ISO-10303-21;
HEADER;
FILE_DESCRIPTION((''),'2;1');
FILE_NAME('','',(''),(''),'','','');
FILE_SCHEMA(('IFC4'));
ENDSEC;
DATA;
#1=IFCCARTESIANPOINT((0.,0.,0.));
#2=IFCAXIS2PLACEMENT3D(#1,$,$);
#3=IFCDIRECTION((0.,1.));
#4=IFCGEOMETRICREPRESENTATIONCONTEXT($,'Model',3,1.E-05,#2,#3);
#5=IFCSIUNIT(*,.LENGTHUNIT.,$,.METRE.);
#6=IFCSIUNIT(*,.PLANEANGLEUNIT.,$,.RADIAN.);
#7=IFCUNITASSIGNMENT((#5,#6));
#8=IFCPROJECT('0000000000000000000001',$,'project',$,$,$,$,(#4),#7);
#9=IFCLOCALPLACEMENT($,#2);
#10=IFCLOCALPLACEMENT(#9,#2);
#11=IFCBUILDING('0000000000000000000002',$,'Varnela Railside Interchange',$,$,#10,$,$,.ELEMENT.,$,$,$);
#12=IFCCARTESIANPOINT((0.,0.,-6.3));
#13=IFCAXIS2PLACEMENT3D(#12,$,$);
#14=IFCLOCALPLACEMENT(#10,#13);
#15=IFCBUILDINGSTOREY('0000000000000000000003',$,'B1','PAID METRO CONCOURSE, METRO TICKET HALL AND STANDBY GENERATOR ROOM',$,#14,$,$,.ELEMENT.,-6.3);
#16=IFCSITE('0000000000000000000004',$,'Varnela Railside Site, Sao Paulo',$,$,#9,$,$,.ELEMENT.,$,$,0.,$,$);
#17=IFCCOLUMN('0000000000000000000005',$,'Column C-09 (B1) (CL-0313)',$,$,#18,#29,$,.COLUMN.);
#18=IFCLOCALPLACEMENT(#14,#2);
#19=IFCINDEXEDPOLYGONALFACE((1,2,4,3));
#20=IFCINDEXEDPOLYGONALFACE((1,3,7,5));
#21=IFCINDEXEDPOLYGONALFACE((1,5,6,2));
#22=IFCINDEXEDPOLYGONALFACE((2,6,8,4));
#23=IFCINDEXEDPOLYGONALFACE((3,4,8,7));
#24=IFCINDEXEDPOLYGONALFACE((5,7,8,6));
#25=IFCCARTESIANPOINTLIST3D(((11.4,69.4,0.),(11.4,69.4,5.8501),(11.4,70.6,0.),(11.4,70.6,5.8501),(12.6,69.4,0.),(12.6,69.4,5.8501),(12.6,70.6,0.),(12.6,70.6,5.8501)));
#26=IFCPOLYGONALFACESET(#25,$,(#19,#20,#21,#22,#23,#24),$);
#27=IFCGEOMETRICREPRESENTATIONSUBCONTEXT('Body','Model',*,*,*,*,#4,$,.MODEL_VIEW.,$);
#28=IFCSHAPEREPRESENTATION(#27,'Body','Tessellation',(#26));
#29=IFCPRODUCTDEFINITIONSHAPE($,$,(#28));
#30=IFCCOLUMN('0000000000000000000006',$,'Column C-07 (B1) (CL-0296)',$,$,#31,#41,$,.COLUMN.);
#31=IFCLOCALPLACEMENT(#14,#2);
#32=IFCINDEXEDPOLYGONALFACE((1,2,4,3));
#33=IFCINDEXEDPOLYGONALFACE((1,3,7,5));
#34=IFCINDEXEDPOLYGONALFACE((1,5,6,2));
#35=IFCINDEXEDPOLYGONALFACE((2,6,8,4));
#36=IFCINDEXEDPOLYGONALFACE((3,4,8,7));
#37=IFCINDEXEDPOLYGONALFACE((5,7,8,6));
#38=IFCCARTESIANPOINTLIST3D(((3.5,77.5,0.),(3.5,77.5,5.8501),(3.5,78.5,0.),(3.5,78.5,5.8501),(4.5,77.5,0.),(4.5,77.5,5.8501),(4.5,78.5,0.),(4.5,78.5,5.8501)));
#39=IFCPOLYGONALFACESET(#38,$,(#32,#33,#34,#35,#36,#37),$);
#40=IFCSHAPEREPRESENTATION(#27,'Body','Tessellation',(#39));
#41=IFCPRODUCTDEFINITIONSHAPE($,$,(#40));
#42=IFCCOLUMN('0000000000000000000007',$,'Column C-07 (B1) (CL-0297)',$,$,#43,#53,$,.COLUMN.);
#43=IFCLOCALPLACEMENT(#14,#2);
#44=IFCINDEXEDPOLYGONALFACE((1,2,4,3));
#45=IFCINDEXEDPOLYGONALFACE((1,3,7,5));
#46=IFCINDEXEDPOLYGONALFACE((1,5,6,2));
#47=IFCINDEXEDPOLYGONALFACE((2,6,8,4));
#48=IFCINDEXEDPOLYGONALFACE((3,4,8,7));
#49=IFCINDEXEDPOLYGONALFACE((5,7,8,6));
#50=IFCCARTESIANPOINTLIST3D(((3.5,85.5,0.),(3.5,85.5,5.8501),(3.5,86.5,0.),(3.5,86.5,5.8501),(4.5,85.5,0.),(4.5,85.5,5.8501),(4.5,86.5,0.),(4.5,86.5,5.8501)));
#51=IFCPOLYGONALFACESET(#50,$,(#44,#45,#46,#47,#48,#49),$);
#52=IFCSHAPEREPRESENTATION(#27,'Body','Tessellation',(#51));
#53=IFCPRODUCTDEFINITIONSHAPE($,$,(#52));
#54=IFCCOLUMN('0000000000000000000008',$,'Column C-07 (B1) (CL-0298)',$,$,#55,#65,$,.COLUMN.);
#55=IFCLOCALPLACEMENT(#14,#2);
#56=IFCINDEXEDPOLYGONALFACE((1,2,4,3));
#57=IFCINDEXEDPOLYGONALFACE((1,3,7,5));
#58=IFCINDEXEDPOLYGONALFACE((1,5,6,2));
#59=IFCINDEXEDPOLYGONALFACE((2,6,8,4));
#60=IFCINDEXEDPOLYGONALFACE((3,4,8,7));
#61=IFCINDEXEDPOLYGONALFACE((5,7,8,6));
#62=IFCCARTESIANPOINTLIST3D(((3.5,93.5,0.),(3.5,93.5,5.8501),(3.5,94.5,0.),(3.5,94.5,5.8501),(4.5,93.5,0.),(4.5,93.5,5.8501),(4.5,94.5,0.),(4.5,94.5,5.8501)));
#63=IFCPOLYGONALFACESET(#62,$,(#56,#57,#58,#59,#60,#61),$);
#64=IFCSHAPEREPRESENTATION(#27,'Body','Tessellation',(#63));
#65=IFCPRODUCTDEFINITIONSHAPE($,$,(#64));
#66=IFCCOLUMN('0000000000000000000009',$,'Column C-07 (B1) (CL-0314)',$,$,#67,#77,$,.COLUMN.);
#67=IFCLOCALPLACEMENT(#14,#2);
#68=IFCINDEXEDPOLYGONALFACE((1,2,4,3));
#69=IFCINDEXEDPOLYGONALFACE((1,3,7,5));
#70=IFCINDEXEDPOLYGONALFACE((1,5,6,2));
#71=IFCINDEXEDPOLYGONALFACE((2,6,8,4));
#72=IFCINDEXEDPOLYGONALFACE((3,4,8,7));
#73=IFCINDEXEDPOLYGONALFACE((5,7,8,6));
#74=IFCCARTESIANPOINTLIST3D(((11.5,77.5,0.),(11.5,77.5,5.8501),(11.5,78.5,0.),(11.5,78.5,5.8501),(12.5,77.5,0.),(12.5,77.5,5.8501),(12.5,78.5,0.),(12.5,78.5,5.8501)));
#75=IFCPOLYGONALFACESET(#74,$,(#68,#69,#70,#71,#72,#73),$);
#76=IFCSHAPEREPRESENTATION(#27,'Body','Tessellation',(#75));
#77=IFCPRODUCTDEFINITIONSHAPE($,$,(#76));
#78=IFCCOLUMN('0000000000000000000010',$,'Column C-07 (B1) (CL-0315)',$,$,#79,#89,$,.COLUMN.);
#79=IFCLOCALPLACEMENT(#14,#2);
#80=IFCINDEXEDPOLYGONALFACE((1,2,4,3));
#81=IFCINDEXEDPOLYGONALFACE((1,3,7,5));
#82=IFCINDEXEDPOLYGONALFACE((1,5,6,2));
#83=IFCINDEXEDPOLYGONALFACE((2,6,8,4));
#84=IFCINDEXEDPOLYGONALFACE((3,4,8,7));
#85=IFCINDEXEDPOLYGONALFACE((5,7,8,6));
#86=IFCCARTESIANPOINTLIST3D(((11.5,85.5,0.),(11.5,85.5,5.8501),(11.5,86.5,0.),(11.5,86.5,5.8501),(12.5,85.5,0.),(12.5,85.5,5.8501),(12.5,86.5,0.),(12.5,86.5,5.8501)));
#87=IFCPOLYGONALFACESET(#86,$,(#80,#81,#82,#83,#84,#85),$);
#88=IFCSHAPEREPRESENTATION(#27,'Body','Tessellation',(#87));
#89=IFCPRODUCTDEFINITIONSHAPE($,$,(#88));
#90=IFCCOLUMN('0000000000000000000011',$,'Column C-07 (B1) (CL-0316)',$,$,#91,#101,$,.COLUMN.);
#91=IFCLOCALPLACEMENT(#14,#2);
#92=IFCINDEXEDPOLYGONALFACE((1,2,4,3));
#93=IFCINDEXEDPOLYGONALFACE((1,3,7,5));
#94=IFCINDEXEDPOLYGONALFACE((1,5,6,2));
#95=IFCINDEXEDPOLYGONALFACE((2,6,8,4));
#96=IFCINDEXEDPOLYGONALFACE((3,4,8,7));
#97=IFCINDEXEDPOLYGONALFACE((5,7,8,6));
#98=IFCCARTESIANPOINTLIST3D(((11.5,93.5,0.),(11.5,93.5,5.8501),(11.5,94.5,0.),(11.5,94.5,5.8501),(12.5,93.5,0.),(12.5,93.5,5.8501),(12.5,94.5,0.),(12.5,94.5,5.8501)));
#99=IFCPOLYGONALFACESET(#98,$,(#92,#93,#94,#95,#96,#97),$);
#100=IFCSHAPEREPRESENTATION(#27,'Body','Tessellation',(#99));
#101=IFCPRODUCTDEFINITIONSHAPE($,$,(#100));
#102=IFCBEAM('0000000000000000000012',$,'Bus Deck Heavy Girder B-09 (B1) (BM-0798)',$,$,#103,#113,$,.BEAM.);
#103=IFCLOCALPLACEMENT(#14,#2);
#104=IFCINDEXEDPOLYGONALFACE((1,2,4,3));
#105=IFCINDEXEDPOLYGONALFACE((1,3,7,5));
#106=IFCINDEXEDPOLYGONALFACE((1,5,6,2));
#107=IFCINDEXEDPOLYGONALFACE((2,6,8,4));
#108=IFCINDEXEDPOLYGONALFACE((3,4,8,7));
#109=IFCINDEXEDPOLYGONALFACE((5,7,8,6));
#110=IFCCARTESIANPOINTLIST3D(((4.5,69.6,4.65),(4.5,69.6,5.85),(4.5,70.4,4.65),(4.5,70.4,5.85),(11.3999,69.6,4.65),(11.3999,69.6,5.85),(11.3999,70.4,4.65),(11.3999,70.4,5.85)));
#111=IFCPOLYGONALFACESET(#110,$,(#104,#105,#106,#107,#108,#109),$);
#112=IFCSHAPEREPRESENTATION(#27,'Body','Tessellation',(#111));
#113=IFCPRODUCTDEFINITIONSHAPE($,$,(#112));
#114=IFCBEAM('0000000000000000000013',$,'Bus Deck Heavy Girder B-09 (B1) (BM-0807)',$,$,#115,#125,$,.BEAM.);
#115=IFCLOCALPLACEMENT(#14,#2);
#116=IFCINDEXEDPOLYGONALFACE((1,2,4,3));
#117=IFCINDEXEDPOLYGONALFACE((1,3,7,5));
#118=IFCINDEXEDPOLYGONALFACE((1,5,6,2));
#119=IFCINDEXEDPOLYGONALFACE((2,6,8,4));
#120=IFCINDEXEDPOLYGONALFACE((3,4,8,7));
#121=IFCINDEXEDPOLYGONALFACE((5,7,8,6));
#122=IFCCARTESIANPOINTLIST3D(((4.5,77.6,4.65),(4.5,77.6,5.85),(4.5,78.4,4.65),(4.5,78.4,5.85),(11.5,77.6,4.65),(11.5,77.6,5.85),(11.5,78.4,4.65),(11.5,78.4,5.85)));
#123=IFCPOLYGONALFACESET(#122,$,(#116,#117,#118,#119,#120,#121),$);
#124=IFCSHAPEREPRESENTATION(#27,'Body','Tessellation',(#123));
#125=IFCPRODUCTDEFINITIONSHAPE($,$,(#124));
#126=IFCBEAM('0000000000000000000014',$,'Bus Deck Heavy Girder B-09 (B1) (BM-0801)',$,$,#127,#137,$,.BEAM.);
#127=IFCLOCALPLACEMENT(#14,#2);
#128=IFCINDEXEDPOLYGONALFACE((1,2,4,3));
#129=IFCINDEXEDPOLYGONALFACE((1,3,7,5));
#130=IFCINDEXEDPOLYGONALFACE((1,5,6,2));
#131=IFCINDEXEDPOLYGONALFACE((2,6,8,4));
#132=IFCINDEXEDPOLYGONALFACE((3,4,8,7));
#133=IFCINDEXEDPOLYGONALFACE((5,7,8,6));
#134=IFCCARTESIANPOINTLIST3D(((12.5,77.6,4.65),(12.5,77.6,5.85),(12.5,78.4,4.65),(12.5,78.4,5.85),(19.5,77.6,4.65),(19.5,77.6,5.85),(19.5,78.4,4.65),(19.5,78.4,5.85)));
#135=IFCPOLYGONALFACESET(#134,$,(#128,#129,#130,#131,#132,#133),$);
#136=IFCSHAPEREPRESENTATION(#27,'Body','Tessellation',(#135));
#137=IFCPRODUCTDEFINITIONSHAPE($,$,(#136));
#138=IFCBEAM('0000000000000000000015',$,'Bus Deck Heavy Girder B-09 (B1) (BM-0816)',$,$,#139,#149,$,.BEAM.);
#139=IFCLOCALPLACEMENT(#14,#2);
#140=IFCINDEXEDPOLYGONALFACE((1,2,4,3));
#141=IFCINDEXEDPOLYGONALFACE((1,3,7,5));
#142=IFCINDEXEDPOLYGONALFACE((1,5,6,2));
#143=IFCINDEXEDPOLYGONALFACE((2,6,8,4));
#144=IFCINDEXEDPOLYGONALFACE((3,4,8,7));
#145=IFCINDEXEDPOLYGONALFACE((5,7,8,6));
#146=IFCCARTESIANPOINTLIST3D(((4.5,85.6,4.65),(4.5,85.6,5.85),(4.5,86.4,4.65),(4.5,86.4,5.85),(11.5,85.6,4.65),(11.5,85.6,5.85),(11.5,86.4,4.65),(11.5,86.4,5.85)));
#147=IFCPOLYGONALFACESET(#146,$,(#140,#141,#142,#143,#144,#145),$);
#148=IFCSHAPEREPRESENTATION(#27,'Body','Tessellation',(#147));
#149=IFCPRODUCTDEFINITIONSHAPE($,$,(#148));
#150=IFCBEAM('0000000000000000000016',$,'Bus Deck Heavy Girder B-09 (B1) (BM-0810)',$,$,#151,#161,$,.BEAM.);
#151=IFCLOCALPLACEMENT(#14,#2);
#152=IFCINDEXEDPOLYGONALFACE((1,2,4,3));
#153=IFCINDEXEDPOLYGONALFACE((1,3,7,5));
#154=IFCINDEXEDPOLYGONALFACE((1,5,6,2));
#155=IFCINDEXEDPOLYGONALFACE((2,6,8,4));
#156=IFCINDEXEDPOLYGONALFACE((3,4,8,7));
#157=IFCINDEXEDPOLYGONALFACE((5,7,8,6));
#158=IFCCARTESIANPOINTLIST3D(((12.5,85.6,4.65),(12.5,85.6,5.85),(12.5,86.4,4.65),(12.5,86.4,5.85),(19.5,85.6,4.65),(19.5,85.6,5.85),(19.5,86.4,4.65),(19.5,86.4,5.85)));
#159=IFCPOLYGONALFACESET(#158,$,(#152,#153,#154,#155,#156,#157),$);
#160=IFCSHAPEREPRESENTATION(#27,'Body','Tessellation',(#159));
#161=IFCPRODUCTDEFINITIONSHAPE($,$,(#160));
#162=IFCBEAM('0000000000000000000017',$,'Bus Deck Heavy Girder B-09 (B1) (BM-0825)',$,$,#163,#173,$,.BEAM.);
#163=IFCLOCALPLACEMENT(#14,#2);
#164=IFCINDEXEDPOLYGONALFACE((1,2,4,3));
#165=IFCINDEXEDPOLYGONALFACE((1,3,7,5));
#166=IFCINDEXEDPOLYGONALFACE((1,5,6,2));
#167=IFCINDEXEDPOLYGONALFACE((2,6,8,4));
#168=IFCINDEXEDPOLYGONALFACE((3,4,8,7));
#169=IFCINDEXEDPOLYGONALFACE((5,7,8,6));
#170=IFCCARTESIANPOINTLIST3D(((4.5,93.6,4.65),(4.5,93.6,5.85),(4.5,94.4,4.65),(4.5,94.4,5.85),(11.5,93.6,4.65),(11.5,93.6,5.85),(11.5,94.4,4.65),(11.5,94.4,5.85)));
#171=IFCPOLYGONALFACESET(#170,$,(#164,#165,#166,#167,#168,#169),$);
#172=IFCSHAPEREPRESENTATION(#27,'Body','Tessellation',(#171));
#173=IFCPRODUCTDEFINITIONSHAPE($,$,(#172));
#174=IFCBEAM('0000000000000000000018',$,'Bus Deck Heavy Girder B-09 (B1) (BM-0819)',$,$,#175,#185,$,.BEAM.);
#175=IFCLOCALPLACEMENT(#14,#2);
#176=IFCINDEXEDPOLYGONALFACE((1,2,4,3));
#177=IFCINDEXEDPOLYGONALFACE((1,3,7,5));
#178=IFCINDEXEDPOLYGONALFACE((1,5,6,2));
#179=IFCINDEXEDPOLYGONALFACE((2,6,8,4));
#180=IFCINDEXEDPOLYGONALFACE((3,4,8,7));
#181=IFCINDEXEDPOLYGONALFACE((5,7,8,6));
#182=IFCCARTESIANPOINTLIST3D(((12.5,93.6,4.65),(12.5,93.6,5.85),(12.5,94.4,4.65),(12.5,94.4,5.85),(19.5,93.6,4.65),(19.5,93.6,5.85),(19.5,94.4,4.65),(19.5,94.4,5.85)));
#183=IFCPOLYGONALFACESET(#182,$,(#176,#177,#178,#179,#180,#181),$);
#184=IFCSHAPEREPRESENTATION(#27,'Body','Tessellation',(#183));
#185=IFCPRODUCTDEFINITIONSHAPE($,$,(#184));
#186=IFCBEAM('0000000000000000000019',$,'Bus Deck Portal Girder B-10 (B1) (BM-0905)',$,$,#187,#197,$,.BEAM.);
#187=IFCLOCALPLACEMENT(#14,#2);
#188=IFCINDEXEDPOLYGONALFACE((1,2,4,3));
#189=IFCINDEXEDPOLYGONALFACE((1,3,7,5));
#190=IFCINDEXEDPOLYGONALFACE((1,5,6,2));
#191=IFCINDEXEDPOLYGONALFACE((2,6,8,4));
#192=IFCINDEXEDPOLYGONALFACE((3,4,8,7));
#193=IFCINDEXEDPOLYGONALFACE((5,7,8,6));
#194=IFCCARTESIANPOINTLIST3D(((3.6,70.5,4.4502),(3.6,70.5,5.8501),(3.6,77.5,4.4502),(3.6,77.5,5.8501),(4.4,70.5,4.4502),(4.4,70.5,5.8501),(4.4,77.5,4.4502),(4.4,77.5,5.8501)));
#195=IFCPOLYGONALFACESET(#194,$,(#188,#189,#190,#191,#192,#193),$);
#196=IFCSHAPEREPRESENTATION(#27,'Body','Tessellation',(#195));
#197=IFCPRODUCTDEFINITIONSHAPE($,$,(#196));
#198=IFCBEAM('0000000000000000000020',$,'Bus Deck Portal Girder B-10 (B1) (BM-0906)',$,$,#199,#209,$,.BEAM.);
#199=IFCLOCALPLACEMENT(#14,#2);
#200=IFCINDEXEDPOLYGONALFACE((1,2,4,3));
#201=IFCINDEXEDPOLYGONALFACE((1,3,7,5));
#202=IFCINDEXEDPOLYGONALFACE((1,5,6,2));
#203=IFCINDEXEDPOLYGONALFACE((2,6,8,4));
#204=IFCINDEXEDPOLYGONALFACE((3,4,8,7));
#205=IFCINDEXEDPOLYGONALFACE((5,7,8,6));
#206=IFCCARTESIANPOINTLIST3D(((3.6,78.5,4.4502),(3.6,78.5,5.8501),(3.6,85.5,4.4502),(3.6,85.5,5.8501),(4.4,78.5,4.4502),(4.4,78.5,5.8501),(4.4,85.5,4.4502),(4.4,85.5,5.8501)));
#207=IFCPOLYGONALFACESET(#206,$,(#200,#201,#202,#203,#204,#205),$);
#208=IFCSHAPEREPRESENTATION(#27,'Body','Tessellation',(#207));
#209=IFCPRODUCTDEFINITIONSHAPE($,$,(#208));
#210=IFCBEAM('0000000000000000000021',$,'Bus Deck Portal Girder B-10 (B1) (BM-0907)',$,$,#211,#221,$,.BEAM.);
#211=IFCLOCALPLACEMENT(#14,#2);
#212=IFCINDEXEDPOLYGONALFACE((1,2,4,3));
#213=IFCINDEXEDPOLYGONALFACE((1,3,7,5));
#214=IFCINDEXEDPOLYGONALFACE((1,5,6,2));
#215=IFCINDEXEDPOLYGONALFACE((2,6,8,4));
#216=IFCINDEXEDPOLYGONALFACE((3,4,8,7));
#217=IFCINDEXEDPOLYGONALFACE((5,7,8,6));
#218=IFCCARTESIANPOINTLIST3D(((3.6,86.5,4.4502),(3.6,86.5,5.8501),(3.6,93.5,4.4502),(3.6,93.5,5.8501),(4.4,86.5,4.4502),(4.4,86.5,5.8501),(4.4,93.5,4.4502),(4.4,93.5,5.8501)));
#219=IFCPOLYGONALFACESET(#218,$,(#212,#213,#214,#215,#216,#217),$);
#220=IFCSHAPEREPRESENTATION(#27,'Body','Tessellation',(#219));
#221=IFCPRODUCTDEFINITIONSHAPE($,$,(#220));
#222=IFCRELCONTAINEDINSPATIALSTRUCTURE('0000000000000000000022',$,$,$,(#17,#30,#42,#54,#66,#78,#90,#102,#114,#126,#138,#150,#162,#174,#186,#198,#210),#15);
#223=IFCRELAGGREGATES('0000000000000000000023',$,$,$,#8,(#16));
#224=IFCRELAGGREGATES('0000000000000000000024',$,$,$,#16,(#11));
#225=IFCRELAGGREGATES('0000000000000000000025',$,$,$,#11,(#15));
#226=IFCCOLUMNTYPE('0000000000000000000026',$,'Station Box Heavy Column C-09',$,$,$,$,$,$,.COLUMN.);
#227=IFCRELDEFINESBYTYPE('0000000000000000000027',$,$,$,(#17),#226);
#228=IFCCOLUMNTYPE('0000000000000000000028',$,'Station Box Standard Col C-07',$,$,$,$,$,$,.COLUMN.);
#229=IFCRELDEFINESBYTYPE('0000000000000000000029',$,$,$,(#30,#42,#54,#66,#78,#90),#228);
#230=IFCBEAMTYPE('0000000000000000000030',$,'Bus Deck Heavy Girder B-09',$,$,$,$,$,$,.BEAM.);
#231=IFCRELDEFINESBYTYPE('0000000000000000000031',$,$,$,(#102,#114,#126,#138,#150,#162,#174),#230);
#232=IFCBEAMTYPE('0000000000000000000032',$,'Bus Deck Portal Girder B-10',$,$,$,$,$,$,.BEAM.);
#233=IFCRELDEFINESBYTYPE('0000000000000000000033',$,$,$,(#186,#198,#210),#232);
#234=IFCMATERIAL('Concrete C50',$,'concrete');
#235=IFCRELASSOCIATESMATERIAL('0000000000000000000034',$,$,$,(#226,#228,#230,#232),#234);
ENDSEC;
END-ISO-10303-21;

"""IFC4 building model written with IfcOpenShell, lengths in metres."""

from ifc_helpers import new_model, si_unit, direction, frame, origin, origin_2d, place, context, subcontext, project, spatial, rectangle, extrude, material, material_profile, profile_set, type_object, element, save


model = new_model("IFC4")

# Units and contexts
model_context = context("Model", 3, precision=1e-05, world=origin(), true_north=direction((0.0, 1.0)))
body_context = subcontext(model_context, "Body", "Model", "MODEL_VIEW")
ifc_project = project(units=[si_unit("LENGTHUNIT", "METRE"), si_unit("PLANEANGLEUNIT", "RADIAN")], contexts=[model_context])

# Site, building, storey
site_placement = place(None, origin())
site = spatial("IfcSite", under=ifc_project, at=site_placement, Name="Varnela Railside Site, Sao Paulo", CompositionType="ELEMENT", RefElevation=0.0)
building_placement = place(site_placement, origin())
building = spatial("IfcBuilding", under=site, at=building_placement, Name="Varnela Railside Interchange", CompositionType="ELEMENT")
storey_placement = place(building_placement, frame((0.0, 0.0, -6.3)))
storey = spatial("IfcBuildingStorey", under=building, at=storey_placement, Name="B1", Description="PAID METRO CONCOURSE, METRO TICKET HALL AND STANDBY GENERATOR ROOM", CompositionType="ELEMENT", Elevation=-6.3)

# Columns
ifc_material_1 = material(Name="Concrete C50", Category="concrete")
ifc_material_profile_1 = material_profile(ifc_material_1, rectangle(XDim=1.2, YDim=1.2, at=origin_2d()), Name="RC 1200x1200")
ifc_profile_set_1 = profile_set([ifc_material_profile_1], Name="Concrete C50")
column_type_1 = type_object("IfcColumnType", Name="Station Box Heavy Column C-09", PredefinedType="COLUMN", material=ifc_profile_set_1)
column_placement = place(storey_placement, frame((12.0, 70.0, 0.0), z_axis=(0.0, 0.0, 1.0), x_axis=(1.0, 0.0, 0.0)))
element("IfcColumn", 1, at=column_placement, inside=storey, type_object=column_type_1, Name="Column C-09 (B1) (CL-0313)", PredefinedType="COLUMN", context=body_context, shape_type="SweptSolid", body=[
    extrude(rectangle(XDim=1.2, YDim=1.2, at=origin_2d()), origin(), (0.0, 0.0, 1.0), 5.8501),
])
ifc_material_profile_2 = material_profile(ifc_material_1, rectangle(XDim=1.0, YDim=1.0, at=origin_2d()), Name="RC 1000x1000")
ifc_profile_set_2 = profile_set([ifc_material_profile_2], Name="Concrete C50")
column_type_2 = type_object("IfcColumnType", Name="Station Box Standard Col C-07", PredefinedType="COLUMN", material=ifc_profile_set_2)
for number, where, z_axis, x_axis, name in (
    (2, (4.0, 78.0, 0.0), (0.0, 0.0, 1.0), (1.0, 0.0, 0.0), "Column C-07 (B1) (CL-0296)"),
    (3, (4.0, 86.0, 0.0), (0.0, 0.0, 1.0), (1.0, 0.0, 0.0), "Column C-07 (B1) (CL-0297)"),
    (4, (4.0, 94.0, 0.0), (0.0, 0.0, 1.0), (1.0, 0.0, 0.0), "Column C-07 (B1) (CL-0298)"),
    (5, (12.0, 78.0, 0.0), (0.0, 0.0, 1.0), (1.0, 0.0, 0.0), "Column C-07 (B1) (CL-0314)"),
    (6, (12.0, 86.0, 0.0), (0.0, 0.0, 1.0), (1.0, 0.0, 0.0), "Column C-07 (B1) (CL-0315)"),
    (7, (12.0, 94.0, 0.0), (0.0, 0.0, 1.0), (1.0, 0.0, 0.0), "Column C-07 (B1) (CL-0316)"),
):
    element("IfcColumn", number, at=place(storey_placement, frame(where, z_axis=z_axis, x_axis=x_axis)), inside=storey, type_object=column_type_2, Name=name, PredefinedType="COLUMN", context=body_context, shape_type="SweptSolid", body=[
        extrude(rectangle(XDim=1.0, YDim=1.0, at=origin_2d()), origin(), (0.0, 0.0, 1.0), 5.8501),
    ])

# Beams
ifc_material_profile_3 = material_profile(ifc_material_1, rectangle(XDim=0.8, YDim=1.2, at=origin_2d()), Name="RC 800x1200")
ifc_profile_set_3 = profile_set([ifc_material_profile_3], Name="Concrete C50")
beam_type_1 = type_object("IfcBeamType", Name="Bus Deck Heavy Girder B-09", PredefinedType="BEAM", material=ifc_profile_set_3)
beam_1_placement = place(storey_placement, frame((4.5, 70.0, 5.25), z_axis=(1.0, 0.0, 0.0), x_axis=(0.0, 1.0, 0.0)))
element("IfcBeam", 8, at=beam_1_placement, inside=storey, type_object=beam_type_1, Name="Bus Deck Heavy Girder B-09 (B1) (BM-0798)", PredefinedType="BEAM", context=body_context, shape_type="SweptSolid", body=[
    extrude(rectangle(XDim=0.8, YDim=1.2, at=origin_2d()), origin(), (0.0, 0.0, 1.0), 6.8999),
])
for number, where, z_axis, x_axis, name in (
    (9, (4.5, 78.0, 5.25), (1.0, 0.0, 0.0), (0.0, 1.0, 0.0), "Bus Deck Heavy Girder B-09 (B1) (BM-0807)"),
    (10, (12.5, 78.0, 5.25), (1.0, 0.0, 0.0), (0.0, 1.0, 0.0), "Bus Deck Heavy Girder B-09 (B1) (BM-0801)"),
    (11, (4.5, 86.0, 5.25), (1.0, 0.0, 0.0), (0.0, 1.0, 0.0), "Bus Deck Heavy Girder B-09 (B1) (BM-0816)"),
    (12, (12.5, 86.0, 5.25), (1.0, 0.0, 0.0), (0.0, 1.0, 0.0), "Bus Deck Heavy Girder B-09 (B1) (BM-0810)"),
    (13, (4.5, 94.0, 5.25), (1.0, 0.0, 0.0), (0.0, 1.0, 0.0), "Bus Deck Heavy Girder B-09 (B1) (BM-0825)"),
    (14, (12.5, 94.0, 5.25), (1.0, 0.0, 0.0), (0.0, 1.0, 0.0), "Bus Deck Heavy Girder B-09 (B1) (BM-0819)"),
):
    element("IfcBeam", number, at=place(storey_placement, frame(where, z_axis=z_axis, x_axis=x_axis)), inside=storey, type_object=beam_type_1, Name=name, PredefinedType="BEAM", context=body_context, shape_type="SweptSolid", body=[
        extrude(rectangle(XDim=0.8, YDim=1.2, at=origin_2d()), origin(), (0.0, 0.0, 1.0), 7.0),
    ])
ifc_material_profile_4 = material_profile(ifc_material_1, rectangle(XDim=0.8, YDim=1.3999, at=origin_2d()), Name="RC 800x1400")
ifc_profile_set_4 = profile_set([ifc_material_profile_4], Name="Concrete C50")
beam_type_2 = type_object("IfcBeamType", Name="Bus Deck Portal Girder B-10", PredefinedType="BEAM", material=ifc_profile_set_4)
for number, where, z_axis, x_axis, name in (
    (15, (4.0, 70.5, 5.1501), (0.0, 1.0, 0.0), (-1.0, 0.0, 0.0), "Bus Deck Portal Girder B-10 (B1) (BM-0905)"),
    (16, (4.0, 78.5, 5.1501), (0.0, 1.0, 0.0), (-1.0, 0.0, 0.0), "Bus Deck Portal Girder B-10 (B1) (BM-0906)"),
    (17, (4.0, 86.5, 5.1501), (0.0, 1.0, 0.0), (-1.0, 0.0, 0.0), "Bus Deck Portal Girder B-10 (B1) (BM-0907)"),
):
    element("IfcBeam", number, at=place(storey_placement, frame(where, z_axis=z_axis, x_axis=x_axis)), inside=storey, type_object=beam_type_2, Name=name, PredefinedType="BEAM", context=body_context, shape_type="SweptSolid", body=[
        extrude(rectangle(XDim=0.8, YDim=1.3999, at=origin_2d()), origin(), (0.0, 0.0, 1.0), 7.0),
    ])

save(model, "model.ifc")
